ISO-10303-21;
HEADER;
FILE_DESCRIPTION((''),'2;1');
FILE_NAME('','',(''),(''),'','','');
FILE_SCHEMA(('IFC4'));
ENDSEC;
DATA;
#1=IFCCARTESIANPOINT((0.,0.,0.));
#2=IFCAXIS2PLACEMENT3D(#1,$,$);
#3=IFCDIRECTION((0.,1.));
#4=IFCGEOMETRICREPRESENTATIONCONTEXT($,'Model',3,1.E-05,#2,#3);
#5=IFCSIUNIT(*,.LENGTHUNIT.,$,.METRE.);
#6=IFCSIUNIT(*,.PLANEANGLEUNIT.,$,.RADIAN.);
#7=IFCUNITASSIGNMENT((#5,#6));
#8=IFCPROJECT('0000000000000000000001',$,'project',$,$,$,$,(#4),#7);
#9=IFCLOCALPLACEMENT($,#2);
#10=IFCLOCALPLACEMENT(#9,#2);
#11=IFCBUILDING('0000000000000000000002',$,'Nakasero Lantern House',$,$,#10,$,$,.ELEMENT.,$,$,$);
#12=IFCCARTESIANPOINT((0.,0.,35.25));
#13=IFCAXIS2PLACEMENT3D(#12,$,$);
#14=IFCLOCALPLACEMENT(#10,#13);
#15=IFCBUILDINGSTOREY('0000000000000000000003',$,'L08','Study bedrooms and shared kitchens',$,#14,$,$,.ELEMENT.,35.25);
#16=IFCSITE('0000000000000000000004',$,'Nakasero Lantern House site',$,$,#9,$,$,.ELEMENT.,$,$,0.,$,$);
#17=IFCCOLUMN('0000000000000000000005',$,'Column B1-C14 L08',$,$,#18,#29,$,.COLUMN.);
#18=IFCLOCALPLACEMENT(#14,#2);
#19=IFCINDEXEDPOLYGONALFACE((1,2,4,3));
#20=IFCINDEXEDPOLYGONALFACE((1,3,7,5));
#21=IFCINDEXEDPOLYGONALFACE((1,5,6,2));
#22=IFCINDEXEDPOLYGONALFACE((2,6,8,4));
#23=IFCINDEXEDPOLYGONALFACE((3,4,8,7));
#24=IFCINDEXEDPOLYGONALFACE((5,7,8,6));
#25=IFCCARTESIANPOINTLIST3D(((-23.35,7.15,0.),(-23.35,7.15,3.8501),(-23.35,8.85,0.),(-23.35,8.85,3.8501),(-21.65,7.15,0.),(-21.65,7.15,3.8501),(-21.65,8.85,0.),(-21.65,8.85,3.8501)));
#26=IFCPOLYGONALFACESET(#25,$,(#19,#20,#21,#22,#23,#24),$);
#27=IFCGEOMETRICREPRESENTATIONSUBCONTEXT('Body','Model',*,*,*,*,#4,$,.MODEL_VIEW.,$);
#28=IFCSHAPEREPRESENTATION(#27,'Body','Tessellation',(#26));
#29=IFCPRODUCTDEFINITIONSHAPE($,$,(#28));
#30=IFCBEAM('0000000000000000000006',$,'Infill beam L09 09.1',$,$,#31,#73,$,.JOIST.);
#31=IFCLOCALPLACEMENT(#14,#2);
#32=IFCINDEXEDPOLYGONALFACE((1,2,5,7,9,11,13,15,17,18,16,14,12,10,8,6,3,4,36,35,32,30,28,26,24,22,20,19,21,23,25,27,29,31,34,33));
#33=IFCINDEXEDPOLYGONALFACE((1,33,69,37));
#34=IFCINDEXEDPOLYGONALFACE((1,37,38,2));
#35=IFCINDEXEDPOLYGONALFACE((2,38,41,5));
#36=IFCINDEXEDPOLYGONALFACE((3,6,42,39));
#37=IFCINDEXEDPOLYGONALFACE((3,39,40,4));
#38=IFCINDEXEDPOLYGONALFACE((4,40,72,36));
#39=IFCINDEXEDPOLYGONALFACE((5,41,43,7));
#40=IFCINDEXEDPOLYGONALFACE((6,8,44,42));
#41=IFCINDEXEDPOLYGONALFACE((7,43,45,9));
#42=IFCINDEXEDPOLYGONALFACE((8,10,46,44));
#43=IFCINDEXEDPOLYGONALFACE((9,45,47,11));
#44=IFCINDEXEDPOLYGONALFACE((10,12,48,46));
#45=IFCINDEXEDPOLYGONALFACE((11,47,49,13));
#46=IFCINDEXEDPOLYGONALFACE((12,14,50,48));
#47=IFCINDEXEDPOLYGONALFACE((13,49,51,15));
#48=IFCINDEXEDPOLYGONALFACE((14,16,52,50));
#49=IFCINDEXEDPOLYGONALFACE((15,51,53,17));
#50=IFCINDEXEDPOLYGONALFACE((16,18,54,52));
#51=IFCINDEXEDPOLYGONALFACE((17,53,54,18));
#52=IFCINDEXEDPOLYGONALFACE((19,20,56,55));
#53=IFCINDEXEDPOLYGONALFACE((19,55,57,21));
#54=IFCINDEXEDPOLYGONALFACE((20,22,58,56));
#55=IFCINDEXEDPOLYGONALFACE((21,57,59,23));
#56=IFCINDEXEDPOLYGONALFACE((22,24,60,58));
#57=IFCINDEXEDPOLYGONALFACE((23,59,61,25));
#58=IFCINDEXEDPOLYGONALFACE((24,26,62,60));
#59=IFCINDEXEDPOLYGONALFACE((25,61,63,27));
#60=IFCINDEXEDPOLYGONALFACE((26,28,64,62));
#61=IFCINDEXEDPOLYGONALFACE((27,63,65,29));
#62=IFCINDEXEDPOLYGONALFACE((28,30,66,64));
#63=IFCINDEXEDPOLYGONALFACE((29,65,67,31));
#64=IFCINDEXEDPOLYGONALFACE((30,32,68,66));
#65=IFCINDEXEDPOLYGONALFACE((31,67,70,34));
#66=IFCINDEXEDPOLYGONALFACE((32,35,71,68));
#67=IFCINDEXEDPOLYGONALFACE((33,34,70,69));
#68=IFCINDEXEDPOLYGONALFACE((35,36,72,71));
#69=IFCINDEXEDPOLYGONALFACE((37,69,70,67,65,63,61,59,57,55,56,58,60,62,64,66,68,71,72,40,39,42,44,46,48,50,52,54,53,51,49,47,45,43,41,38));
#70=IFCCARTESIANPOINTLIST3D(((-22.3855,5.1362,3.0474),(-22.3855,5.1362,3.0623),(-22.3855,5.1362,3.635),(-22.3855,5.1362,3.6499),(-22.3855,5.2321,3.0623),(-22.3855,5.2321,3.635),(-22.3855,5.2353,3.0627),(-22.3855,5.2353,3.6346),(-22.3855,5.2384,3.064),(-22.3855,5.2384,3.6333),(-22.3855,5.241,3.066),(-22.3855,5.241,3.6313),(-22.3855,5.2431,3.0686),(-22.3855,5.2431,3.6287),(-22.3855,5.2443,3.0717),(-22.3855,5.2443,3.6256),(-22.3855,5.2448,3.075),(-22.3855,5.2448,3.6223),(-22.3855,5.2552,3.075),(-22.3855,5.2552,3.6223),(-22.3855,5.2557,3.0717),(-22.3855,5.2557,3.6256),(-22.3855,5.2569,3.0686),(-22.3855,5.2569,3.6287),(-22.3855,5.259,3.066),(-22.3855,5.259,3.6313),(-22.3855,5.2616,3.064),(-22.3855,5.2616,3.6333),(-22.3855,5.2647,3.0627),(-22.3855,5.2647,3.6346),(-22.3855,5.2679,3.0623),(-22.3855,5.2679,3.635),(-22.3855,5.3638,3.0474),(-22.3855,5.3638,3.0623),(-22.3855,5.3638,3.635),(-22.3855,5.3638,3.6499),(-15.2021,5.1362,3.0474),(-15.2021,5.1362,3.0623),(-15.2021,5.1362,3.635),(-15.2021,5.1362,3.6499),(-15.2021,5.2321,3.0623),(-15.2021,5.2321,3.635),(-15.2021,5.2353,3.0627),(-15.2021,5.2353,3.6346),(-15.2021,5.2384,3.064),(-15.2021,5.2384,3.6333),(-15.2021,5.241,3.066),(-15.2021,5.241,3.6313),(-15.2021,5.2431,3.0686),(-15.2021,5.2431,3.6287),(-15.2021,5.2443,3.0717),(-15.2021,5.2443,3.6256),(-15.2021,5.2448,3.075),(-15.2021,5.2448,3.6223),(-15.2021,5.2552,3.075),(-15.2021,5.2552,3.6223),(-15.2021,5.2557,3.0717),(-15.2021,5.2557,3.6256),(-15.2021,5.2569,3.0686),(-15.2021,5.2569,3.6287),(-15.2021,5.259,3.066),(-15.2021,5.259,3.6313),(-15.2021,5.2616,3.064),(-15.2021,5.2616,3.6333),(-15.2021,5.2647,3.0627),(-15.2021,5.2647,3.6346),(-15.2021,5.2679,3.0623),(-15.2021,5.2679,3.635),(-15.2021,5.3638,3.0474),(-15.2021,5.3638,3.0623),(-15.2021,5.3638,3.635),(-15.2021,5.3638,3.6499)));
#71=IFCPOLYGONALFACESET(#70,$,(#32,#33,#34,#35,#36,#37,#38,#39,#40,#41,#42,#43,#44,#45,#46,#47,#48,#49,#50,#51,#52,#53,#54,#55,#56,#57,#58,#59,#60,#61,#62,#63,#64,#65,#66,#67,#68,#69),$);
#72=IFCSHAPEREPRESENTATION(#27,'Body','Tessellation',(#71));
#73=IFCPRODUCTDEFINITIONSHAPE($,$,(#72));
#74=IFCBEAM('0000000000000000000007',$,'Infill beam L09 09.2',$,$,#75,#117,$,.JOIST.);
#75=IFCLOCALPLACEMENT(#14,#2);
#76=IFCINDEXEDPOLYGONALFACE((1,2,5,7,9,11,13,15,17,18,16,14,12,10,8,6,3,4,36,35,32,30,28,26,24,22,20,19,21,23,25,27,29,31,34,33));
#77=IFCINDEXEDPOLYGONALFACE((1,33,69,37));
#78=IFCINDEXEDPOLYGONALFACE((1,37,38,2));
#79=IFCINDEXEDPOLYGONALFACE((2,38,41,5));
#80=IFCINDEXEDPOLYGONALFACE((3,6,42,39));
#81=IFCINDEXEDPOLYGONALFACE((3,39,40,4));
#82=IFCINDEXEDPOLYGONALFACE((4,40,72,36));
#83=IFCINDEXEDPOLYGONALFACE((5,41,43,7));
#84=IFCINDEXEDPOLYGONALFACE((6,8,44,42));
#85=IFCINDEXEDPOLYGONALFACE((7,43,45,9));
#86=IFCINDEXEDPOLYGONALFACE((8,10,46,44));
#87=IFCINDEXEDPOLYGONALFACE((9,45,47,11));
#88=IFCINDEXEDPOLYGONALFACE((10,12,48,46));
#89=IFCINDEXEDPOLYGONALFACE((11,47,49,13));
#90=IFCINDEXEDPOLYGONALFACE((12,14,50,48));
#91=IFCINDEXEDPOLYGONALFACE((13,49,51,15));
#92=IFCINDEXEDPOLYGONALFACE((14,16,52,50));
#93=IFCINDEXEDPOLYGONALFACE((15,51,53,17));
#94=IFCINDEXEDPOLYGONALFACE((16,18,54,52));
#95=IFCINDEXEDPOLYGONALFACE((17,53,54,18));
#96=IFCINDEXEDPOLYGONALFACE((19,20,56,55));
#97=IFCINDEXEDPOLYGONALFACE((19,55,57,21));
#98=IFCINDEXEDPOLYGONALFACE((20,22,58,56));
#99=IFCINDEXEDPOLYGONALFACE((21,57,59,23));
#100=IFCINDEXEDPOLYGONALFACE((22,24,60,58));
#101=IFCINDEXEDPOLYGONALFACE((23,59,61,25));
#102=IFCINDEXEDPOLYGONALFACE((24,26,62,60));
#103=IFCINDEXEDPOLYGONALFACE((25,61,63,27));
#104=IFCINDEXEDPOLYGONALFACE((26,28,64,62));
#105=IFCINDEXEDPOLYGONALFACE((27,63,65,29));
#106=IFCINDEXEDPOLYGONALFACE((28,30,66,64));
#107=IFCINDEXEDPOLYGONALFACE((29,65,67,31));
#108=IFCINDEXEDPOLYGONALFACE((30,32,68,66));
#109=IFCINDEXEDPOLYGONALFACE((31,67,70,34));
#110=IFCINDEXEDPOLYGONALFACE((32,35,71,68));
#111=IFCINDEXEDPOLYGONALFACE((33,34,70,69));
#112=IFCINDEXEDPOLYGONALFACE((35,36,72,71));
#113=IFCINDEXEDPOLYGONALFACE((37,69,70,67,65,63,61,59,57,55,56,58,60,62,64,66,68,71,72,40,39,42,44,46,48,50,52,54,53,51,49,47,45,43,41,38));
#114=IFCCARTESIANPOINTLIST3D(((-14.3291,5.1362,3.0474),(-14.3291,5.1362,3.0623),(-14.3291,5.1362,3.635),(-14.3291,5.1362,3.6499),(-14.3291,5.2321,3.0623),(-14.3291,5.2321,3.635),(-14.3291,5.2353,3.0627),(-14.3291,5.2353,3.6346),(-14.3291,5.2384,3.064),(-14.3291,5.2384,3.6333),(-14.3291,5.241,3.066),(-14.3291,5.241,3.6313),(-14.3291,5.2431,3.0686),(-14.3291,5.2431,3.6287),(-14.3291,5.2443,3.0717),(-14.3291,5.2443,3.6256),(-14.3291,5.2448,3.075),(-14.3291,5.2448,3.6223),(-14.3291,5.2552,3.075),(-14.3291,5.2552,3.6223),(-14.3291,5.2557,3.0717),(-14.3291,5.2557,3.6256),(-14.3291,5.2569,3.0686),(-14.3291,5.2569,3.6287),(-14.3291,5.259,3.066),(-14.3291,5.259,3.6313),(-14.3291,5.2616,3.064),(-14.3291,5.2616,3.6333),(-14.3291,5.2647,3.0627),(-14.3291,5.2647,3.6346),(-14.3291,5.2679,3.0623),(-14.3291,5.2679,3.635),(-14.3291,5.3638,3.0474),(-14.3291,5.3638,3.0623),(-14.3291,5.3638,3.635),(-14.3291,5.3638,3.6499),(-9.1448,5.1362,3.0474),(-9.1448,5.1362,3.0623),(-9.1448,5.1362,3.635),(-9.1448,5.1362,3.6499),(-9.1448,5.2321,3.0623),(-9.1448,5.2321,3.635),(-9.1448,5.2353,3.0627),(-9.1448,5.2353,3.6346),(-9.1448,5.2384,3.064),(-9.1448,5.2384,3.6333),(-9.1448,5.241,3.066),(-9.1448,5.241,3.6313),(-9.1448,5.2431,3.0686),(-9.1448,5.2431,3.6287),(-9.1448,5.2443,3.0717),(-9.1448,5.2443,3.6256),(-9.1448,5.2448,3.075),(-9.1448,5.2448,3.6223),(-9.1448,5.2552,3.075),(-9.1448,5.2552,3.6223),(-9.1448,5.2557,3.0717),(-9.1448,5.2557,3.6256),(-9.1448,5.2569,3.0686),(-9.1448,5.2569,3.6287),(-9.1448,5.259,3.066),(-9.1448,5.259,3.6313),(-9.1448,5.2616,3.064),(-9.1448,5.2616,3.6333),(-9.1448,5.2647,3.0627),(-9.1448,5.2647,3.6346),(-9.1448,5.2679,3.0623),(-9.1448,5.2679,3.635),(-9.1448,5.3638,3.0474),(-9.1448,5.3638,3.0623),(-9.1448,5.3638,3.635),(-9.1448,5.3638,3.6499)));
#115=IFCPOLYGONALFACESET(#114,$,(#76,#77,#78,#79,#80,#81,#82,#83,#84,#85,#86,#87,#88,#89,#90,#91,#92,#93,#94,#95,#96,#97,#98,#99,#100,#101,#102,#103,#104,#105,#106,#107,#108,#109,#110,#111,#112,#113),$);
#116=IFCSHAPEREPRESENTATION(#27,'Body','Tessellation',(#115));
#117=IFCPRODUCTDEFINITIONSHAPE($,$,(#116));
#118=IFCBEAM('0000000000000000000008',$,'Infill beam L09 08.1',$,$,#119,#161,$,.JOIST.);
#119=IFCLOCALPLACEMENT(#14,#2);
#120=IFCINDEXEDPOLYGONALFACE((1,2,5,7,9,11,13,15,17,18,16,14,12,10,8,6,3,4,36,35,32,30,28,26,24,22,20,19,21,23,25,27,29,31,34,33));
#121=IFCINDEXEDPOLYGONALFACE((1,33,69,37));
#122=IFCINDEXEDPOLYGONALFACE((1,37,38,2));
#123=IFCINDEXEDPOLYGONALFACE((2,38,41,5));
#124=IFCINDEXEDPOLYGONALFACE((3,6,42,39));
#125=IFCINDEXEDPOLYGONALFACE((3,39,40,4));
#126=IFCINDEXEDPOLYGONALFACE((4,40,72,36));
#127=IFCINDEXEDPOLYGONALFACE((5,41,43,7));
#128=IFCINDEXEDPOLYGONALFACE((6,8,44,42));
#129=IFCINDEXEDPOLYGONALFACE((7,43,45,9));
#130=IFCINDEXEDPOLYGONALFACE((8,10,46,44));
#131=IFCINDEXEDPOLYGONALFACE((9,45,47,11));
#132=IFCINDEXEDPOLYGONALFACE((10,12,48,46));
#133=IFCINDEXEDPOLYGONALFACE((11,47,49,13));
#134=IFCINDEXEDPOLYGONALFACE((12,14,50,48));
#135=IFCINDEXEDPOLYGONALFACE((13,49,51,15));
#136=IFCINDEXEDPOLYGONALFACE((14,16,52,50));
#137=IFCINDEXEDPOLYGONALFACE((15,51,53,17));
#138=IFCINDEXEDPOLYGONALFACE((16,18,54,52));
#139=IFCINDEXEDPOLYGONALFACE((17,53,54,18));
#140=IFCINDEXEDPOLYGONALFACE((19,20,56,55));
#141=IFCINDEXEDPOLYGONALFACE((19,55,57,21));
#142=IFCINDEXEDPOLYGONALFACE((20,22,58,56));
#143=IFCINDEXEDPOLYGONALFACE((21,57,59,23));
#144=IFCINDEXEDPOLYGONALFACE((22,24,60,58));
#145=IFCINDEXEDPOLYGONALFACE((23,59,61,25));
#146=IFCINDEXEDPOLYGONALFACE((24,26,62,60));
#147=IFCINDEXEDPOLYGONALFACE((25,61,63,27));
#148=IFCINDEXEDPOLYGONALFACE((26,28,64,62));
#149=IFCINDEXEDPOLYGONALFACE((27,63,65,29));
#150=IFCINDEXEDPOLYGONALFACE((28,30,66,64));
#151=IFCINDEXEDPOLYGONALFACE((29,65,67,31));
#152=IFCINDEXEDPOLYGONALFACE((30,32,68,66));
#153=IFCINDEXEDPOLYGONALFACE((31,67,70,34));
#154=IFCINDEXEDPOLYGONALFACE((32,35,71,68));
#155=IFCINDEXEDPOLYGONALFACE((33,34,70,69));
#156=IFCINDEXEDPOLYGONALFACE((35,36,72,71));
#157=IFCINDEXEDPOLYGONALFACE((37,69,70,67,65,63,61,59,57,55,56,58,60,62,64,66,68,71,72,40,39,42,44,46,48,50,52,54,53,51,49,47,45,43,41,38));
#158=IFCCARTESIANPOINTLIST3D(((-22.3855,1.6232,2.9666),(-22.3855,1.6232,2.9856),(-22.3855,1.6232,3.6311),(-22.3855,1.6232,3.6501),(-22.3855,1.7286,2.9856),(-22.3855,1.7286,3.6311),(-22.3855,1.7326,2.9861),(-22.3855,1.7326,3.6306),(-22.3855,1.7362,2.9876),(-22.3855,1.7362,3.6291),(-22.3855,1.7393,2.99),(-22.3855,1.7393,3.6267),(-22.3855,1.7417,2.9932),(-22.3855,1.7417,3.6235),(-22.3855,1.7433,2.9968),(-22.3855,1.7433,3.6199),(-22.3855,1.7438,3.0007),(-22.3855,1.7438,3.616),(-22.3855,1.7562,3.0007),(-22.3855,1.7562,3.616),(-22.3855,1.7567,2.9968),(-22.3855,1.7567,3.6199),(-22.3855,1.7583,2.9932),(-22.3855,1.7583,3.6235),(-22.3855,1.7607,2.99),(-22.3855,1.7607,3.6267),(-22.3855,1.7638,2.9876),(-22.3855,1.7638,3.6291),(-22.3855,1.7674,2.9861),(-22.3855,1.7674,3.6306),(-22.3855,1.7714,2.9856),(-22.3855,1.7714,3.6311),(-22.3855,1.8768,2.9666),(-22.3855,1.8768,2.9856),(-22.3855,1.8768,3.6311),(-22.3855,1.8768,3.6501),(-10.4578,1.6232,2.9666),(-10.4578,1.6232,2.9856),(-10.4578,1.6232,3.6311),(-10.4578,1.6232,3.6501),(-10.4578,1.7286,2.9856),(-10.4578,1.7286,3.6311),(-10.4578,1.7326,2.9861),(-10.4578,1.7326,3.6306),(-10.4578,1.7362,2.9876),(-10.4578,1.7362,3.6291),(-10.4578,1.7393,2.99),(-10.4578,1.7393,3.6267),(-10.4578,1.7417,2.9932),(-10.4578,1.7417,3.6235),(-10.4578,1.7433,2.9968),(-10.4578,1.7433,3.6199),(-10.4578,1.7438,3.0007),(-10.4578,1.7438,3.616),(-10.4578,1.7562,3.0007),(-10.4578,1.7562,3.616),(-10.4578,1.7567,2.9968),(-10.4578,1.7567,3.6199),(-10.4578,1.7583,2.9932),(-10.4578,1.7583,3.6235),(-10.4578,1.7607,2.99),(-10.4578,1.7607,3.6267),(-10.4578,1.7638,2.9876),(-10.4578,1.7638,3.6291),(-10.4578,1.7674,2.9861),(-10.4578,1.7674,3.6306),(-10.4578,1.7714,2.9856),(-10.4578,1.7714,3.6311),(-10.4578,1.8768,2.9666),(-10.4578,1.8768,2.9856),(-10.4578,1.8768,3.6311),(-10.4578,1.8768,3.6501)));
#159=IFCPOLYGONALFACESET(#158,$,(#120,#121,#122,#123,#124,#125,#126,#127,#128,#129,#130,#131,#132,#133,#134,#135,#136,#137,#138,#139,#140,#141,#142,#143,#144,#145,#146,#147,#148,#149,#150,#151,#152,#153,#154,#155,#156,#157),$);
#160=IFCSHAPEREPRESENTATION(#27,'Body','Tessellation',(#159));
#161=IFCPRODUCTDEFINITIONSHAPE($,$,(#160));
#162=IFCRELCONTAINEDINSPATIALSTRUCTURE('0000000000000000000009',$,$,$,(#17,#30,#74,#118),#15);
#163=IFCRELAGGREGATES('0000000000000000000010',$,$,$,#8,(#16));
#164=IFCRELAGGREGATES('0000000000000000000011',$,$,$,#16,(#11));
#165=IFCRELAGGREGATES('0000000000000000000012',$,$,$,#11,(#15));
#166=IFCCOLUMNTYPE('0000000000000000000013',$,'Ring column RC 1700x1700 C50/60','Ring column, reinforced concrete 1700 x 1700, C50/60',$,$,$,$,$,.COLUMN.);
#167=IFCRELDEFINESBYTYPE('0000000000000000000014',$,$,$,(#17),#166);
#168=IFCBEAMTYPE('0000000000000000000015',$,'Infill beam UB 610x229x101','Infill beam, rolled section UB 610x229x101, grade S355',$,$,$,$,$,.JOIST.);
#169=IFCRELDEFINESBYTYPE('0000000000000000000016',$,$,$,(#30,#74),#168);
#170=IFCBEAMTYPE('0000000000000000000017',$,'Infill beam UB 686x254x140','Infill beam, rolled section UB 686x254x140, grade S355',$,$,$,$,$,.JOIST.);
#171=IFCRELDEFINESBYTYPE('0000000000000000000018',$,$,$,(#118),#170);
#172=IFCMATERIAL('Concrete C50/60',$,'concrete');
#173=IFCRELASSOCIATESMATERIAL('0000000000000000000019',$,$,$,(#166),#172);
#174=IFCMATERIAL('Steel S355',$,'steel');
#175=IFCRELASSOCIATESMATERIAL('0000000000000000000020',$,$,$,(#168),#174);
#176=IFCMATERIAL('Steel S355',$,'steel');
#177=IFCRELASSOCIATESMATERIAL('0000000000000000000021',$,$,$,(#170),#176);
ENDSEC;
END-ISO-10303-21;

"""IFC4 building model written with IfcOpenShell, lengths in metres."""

from ifc_helpers import new_model, si_unit, direction, frame, origin, origin_2d, place, context, subcontext, project, spatial, rectangle, i_section, extrude, material, material_profile, profile_set, type_object, element, save


model = new_model("IFC4")

# Units and contexts
model_context = context("Model", 3, precision=1e-05, world=origin(), true_north=direction((0.0, 1.0)))
body_context = subcontext(model_context, "Body", "Model", "MODEL_VIEW")
ifc_project = project(units=[si_unit("LENGTHUNIT", "METRE"), si_unit("PLANEANGLEUNIT", "RADIAN")], contexts=[model_context])

# Site, building, storey
site_placement = place(None, origin())
site = spatial("IfcSite", under=ifc_project, at=site_placement, Name="Nakasero Lantern House site", CompositionType="ELEMENT", RefElevation=0.0)
building_placement = place(site_placement, origin())
building = spatial("IfcBuilding", under=site, at=building_placement, Name="Nakasero Lantern House", CompositionType="ELEMENT")
storey_placement = place(building_placement, frame((0.0, 0.0, 35.25)))
storey = spatial("IfcBuildingStorey", under=building, at=storey_placement, Name="L08", Description="Study bedrooms and shared kitchens", CompositionType="ELEMENT", Elevation=35.25)

# Column
ifc_material_1 = material(Name="Concrete C50/60", Category="concrete")
ifc_material_profile_1 = material_profile(ifc_material_1, rectangle(XDim=1.7, YDim=1.7, at=origin_2d()), Name="RC 1700x1700")
ifc_profile_set_1 = profile_set([ifc_material_profile_1], Name="Concrete C50/60")
column_type = type_object("IfcColumnType", Name="Ring column RC 1700x1700 C50/60", Description="Ring column, reinforced concrete 1700 x 1700, C50/60", PredefinedType="COLUMN", material=ifc_profile_set_1)
column_placement = place(storey_placement, frame((-22.5, 8.0, 0.0), z_axis=(0.0, 0.0, 1.0), x_axis=(1.0, 0.0, 0.0)))
element("IfcColumn", 1, at=column_placement, inside=storey, type_object=column_type, Name="Column B1-C14 L08", PredefinedType="COLUMN", context=body_context, shape_type="SweptSolid", body=[
    extrude(rectangle(XDim=1.7, YDim=1.7, at=origin_2d()), origin(), (0.0, 0.0, 1.0), 3.8501),
])

# Beams
ifc_material_2 = material(Name="Steel S355", Category="steel")
ifc_material_profile_2 = material_profile(ifc_material_2, i_section(OverallWidth=0.2275, OverallDepth=0.6025, WebThickness=0.0105, FlangeThickness=0.0149, FilletRadius=0.0127, at=origin_2d()), Name="UB 610x229x101")
ifc_profile_set_2 = profile_set([ifc_material_profile_2], Name="Steel S355")
beam_type_1 = type_object("IfcBeamType", Name="Infill beam UB 610x229x101", Description="Infill beam, rolled section UB 610x229x101, grade S355", PredefinedType="JOIST", material=ifc_profile_set_2)
beam_1_placement = place(storey_placement, frame((-22.3855, 5.25, 3.3486), z_axis=(1.0, 0.0, 0.0), x_axis=(0.0, 1.0, 0.0)))
element("IfcBeam", 2, at=beam_1_placement, inside=storey, type_object=beam_type_1, Name="Infill beam L09 09.1", PredefinedType="JOIST", context=body_context, shape_type="SweptSolid", body=[
    extrude(i_section(OverallWidth=0.2275, OverallDepth=0.6025, WebThickness=0.0105, FlangeThickness=0.0149, FilletRadius=0.0127, at=origin_2d()), origin(), (0.0, 0.0, 1.0), 7.1833),
])
beam_2_placement = place(storey_placement, frame((-14.3291, 5.25, 3.3486), z_axis=(1.0, 0.0, 0.0), x_axis=(0.0, 1.0, 0.0)))
element("IfcBeam", 3, at=beam_2_placement, inside=storey, type_object=beam_type_1, Name="Infill beam L09 09.2", PredefinedType="JOIST", context=body_context, shape_type="SweptSolid", body=[
    extrude(i_section(OverallWidth=0.2275, OverallDepth=0.6025, WebThickness=0.0105, FlangeThickness=0.0149, FilletRadius=0.0127, at=origin_2d()), origin(), (0.0, 0.0, 1.0), 5.1843),
])
ifc_material_3 = material(Name="Steel S355", Category="steel")
ifc_material_profile_3 = material_profile(ifc_material_3, i_section(OverallWidth=0.2537, OverallDepth=0.6836, WebThickness=0.0125, FlangeThickness=0.019, FilletRadius=0.0151, at=origin_2d()), Name="UB 686x254x140")
ifc_profile_set_3 = profile_set([ifc_material_profile_3], Name="Steel S355")
beam_type_2 = type_object("IfcBeamType", Name="Infill beam UB 686x254x140", Description="Infill beam, rolled section UB 686x254x140, grade S355", PredefinedType="JOIST", material=ifc_profile_set_3)
beam_3_placement = place(storey_placement, frame((-22.3855, 1.75, 3.3083), z_axis=(1.0, 0.0, 0.0), x_axis=(0.0, 1.0, 0.0)))
element("IfcBeam", 4, at=beam_3_placement, inside=storey, type_object=beam_type_2, Name="Infill beam L09 08.1", PredefinedType="JOIST", context=body_context, shape_type="SweptSolid", body=[
    extrude(i_section(OverallWidth=0.2537, OverallDepth=0.6836, WebThickness=0.0125, FlangeThickness=0.019, FilletRadius=0.0151, at=origin_2d()), origin(), (0.0, 0.0, 1.0), 11.9277),
])

save(model, "model.ifc")
